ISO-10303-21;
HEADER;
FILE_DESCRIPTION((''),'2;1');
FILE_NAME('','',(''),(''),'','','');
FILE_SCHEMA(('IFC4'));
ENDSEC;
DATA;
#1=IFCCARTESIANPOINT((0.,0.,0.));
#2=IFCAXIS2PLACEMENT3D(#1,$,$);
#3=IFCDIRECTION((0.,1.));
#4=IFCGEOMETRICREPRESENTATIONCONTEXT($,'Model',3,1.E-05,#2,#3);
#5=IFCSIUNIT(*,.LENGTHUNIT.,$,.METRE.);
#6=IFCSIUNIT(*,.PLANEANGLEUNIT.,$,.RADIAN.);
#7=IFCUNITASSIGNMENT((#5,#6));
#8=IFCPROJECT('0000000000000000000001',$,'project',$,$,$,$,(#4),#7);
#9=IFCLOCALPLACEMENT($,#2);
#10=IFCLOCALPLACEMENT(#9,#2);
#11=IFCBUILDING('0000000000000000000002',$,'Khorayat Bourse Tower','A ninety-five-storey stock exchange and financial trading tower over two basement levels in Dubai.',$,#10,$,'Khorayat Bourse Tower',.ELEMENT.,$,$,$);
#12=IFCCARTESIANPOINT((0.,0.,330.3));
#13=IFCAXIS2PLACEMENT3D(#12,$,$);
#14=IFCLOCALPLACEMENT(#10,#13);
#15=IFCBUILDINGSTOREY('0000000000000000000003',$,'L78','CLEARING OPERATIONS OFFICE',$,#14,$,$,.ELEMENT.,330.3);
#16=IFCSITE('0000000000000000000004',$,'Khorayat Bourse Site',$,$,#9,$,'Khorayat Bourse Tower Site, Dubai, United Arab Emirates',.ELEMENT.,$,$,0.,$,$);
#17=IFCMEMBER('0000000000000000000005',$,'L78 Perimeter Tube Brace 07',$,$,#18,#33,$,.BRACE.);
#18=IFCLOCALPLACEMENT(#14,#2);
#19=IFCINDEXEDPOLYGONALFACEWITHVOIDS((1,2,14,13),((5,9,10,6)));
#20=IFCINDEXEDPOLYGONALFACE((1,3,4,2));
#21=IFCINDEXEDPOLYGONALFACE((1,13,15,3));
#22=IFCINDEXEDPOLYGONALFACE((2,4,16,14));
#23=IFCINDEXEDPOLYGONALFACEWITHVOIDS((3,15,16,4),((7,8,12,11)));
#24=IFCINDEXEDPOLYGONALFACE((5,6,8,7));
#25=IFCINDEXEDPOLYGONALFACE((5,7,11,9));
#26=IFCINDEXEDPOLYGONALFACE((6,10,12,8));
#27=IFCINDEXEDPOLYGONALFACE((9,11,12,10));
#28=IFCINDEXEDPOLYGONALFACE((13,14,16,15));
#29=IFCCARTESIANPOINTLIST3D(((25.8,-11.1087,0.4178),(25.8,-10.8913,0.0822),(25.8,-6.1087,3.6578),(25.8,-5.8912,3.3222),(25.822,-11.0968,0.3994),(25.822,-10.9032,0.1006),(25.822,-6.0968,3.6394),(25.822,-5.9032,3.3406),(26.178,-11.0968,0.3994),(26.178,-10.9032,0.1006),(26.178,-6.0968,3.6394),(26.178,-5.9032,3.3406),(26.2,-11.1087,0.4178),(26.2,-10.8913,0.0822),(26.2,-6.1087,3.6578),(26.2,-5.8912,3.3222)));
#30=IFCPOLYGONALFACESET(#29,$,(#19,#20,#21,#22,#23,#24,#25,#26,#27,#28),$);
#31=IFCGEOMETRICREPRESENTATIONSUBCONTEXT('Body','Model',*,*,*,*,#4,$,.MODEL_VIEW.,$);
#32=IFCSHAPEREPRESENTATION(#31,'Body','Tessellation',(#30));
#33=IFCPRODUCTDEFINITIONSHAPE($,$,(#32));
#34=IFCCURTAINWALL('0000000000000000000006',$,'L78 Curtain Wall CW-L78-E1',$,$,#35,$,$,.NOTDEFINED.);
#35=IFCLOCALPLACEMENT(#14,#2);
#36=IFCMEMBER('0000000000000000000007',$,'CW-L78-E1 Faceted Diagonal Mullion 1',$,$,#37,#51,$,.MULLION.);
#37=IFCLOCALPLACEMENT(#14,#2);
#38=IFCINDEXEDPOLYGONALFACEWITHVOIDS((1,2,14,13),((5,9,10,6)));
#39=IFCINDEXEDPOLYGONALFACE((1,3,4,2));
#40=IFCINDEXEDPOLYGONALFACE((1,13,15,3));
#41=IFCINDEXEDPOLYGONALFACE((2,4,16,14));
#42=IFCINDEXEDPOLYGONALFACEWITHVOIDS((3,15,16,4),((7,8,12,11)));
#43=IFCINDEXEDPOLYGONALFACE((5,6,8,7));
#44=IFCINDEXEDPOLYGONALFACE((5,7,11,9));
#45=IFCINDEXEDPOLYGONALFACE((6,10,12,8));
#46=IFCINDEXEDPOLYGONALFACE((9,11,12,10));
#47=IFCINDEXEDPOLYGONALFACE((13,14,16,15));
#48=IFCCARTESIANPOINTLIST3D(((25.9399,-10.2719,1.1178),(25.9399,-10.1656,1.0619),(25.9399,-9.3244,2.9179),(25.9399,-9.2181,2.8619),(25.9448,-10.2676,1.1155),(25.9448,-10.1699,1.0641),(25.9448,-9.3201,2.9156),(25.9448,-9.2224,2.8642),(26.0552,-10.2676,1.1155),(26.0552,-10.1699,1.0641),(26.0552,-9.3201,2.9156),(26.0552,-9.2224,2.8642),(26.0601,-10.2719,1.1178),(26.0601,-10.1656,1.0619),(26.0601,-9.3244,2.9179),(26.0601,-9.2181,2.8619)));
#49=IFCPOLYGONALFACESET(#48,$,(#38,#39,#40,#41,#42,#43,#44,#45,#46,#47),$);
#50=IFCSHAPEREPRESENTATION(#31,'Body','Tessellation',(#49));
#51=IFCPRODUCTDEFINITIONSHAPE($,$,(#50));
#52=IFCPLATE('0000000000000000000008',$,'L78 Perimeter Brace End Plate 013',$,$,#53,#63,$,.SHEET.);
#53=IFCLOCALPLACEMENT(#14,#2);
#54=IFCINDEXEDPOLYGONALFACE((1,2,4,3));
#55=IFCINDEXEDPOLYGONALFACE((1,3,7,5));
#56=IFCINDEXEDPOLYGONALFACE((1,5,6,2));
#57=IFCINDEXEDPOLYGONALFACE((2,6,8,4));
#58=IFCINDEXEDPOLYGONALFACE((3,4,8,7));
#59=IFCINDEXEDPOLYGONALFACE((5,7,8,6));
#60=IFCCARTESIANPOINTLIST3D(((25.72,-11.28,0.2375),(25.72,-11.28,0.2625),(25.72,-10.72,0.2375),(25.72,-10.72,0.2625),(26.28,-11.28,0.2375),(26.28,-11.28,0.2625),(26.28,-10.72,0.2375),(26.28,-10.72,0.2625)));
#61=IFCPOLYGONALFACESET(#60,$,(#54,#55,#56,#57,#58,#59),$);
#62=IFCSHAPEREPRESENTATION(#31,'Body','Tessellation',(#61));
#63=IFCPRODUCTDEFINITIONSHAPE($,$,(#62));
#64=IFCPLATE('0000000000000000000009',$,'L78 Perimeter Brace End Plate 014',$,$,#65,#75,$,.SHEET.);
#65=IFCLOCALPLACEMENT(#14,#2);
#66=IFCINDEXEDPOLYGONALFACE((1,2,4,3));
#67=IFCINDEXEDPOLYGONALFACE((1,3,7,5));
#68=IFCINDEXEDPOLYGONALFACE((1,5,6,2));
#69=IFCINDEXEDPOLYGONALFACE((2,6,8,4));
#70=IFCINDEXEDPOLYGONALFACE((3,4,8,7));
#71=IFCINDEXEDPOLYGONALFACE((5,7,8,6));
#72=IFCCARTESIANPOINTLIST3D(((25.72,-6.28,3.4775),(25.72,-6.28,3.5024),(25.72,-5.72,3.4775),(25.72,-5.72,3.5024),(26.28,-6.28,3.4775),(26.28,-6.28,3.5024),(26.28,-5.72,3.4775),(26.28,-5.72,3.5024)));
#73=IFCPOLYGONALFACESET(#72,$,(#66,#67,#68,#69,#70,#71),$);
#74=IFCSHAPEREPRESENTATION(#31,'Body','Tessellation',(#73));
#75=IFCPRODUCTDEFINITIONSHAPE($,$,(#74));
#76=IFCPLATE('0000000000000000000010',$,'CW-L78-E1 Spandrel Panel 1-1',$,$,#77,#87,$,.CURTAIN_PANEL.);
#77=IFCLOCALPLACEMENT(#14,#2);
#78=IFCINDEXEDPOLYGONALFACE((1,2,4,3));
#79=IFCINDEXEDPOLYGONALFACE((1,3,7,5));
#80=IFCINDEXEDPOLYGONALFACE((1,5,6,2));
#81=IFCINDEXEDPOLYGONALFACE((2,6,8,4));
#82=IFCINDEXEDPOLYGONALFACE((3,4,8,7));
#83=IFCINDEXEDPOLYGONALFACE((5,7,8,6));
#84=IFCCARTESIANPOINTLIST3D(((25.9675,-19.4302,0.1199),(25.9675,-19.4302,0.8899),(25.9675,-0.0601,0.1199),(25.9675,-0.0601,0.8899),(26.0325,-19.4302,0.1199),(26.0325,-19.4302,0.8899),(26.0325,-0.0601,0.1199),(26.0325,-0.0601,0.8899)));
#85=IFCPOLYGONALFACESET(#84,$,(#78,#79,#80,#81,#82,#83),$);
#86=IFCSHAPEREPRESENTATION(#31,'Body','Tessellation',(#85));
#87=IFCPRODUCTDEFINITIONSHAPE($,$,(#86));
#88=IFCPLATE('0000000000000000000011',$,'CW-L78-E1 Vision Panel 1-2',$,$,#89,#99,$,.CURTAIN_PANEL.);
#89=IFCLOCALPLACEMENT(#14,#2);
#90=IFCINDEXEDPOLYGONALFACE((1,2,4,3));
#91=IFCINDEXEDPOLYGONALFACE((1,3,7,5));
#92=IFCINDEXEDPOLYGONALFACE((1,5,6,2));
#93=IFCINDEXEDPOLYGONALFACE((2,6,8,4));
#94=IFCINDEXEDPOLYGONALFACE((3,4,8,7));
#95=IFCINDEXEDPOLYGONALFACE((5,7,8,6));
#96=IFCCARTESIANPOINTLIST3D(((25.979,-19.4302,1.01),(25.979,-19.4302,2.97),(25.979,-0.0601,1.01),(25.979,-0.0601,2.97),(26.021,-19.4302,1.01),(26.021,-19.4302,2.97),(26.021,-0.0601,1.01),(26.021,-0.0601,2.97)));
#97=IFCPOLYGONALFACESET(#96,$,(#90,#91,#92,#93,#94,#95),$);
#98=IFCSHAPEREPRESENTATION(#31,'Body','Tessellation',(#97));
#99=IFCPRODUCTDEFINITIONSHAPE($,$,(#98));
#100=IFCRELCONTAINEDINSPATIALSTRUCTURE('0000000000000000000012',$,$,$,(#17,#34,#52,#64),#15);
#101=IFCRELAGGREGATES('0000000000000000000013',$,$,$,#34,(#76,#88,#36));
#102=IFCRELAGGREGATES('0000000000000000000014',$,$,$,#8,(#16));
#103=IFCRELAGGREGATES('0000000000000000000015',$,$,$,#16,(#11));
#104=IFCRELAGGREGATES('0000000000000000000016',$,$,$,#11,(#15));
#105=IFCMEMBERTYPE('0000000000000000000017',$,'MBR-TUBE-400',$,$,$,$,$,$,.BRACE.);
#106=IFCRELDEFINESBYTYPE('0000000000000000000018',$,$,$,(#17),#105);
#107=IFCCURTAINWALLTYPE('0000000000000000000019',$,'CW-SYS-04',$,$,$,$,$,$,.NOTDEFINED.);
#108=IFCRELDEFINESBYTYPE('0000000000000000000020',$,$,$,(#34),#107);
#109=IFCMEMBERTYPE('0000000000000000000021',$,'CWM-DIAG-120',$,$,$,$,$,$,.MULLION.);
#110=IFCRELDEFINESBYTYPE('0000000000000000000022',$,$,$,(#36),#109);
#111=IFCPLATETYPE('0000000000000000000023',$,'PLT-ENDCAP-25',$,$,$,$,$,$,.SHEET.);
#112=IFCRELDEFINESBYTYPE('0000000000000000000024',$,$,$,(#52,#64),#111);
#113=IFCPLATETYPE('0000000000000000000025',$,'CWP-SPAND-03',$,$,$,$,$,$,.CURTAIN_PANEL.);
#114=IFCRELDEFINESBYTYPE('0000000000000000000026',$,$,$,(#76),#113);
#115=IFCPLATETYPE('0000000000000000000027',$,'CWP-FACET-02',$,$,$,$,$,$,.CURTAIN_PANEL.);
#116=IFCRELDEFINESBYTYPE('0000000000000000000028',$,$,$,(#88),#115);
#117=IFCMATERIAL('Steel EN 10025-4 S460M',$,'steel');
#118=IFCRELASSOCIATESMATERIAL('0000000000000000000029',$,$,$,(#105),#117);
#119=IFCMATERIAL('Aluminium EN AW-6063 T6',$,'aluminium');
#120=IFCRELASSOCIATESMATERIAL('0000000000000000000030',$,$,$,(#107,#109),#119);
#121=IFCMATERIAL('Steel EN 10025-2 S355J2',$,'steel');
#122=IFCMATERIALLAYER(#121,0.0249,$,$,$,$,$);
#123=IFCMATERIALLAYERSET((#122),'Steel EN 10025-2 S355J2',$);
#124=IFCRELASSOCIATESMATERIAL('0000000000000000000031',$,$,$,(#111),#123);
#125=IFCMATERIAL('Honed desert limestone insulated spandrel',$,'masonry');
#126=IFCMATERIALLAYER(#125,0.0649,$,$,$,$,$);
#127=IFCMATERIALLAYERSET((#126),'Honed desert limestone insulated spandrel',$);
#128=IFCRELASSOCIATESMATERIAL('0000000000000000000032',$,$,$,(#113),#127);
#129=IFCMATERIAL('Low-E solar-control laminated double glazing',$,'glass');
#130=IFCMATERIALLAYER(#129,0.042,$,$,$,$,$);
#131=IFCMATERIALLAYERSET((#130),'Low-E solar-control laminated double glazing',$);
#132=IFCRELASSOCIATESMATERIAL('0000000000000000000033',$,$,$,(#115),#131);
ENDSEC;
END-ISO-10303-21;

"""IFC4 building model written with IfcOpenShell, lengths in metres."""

from ifc_helpers import new_model, si_unit, direction, frame, origin, origin_2d, place, context, subcontext, project, spatial, rectangle, hollow_rectangle, extrude, source, transform, mapped, material, layer, layer_set, material_profile, profile_set, type_object, element, aggregate, save


model = new_model("IFC4")

# Units and contexts
model_context = context("Model", 3, precision=1e-05, world=origin(), true_north=direction((0.0, 1.0)))
body_context = subcontext(model_context, "Body", "Model", "MODEL_VIEW")
ifc_project = project(units=[si_unit("LENGTHUNIT", "METRE"), si_unit("PLANEANGLEUNIT", "RADIAN")], contexts=[model_context])

# Site, building, storey
site_placement = place(None, origin())
site = spatial("IfcSite", under=ifc_project, at=site_placement, Name="Khorayat Bourse Site", LongName="Khorayat Bourse Tower Site, Dubai, United Arab Emirates", CompositionType="ELEMENT", RefElevation=0.0)
building_placement = place(site_placement, origin())
building = spatial("IfcBuilding", under=site, at=building_placement, Name="Khorayat Bourse Tower", Description="A ninety-five-storey stock exchange and financial trading tower over two basement levels in Dubai.", LongName="Khorayat Bourse Tower", CompositionType="ELEMENT")
storey_placement = place(building_placement, frame((0.0, 0.0, 330.3)))
storey = spatial("IfcBuildingStorey", under=building, at=storey_placement, Name="L78", Description="CLEARING OPERATIONS OFFICE", CompositionType="ELEMENT", Elevation=330.3)

# Shared definitions
ifc_material_1 = material(Name="Steel EN 10025-2 S355J2", Category="steel")

# Member
ifc_material_2 = material(Name="Steel EN 10025-4 S460M", Category="steel")
ifc_material_profile_1 = material_profile(ifc_material_2, hollow_rectangle(XDim=0.3999, YDim=0.3999, WallThickness=0.022, at=origin_2d()), Name="HSS 400x400x22")
ifc_profile_set_1 = profile_set([ifc_material_profile_1], Name="Steel EN 10025-4 S460M")
member_type_1 = type_object("IfcMemberType", Name="MBR-TUBE-400", PredefinedType="BRACE", material=ifc_profile_set_1)
shared_shape_1 = source(origin(), body_context, "Body", "SweptSolid", [
    extrude(hollow_rectangle(XDim=0.3999, YDim=0.3999, WallThickness=0.022, at=origin_2d()), origin(), (0.0, 0.0, 1.0), 5.958),
])
member_1_placement = place(storey_placement, frame((26.0, -11.0, 0.25), z_axis=(0.0, 0.83921, 0.543807), x_axis=(-1.0, 0.0, 0.0)))
element("IfcMember", 1, at=member_1_placement, inside=storey, type_object=member_type_1, Name="L78 Perimeter Tube Brace 07", PredefinedType="BRACE", context=body_context, shape_type="MappedRepresentation", body=[
    mapped(shared_shape_1, transform((0.0, 0.0, 0.0), scale=1.0)),
])

# Curtain wall, member
ifc_material_3 = material(Name="Aluminium EN AW-6063 T6", Category="aluminium")
curtain_wall_type = type_object("IfcCurtainWallType", Name="CW-SYS-04", PredefinedType="NOTDEFINED", material=ifc_material_3)
curtain_wall_placement = place(storey_placement, origin())
curtain_wall = element("IfcCurtainWall", 2, at=curtain_wall_placement, inside=storey, type_object=curtain_wall_type, Name="L78 Curtain Wall CW-L78-E1", PredefinedType="NOTDEFINED")
ifc_material_profile_2 = material_profile(ifc_material_3, hollow_rectangle(XDim=0.1201, YDim=0.1201, WallThickness=0.0049, at=origin_2d()), Name="ALU 120x120x5")
ifc_profile_set_2 = profile_set([ifc_material_profile_2], Name="Aluminium EN AW-6063 T6")
member_type_2 = type_object("IfcMemberType", Name="CWM-DIAG-120", PredefinedType="MULLION", material=ifc_profile_set_2)
shared_shape_2 = source(origin(), body_context, "Body", "SweptSolid", [
    extrude(hollow_rectangle(XDim=0.1201, YDim=0.1201, WallThickness=0.0049, at=origin_2d()), origin(), (0.0, 0.0, 1.0), 2.0342),
])
member_2_placement = place(storey_placement, frame((26.0, -10.2188, 1.0898), z_axis=(0.0, 0.465791, 0.884895), x_axis=(-1.0, 0.0, 0.0)))
member_2 = element("IfcMember", 3, at=member_2_placement, type_object=member_type_2, Name="CW-L78-E1 Faceted Diagonal Mullion 1", PredefinedType="MULLION", context=body_context, shape_type="MappedRepresentation", body=[
    mapped(shared_shape_2, transform((0.0, 0.0, 0.0), scale=1.0)),
])

# Plates
ifc_layer_1 = layer(ifc_material_1, 0.0249)
ifc_layer_set_1 = layer_set([ifc_layer_1], Name="Steel EN 10025-2 S355J2")
plate_type_1 = type_object("IfcPlateType", Name="PLT-ENDCAP-25", PredefinedType="SHEET", material=ifc_layer_set_1)
shared_shape_3 = source(origin(), body_context, "Body", "SweptSolid", [
    extrude(rectangle(XDim=0.5601, YDim=0.5601, at=origin_2d()), origin(), (0.0, 0.0, 1.0), 0.0249),
])
for number, where, z_axis, x_axis, name in (
    (4, (26.0, -11.0, 0.2375), (0.0, 0.0, 1.0), (1.0, 0.0, 0.0), "L78 Perimeter Brace End Plate 013"),
    (5, (26.0, -6.0, 3.4775), (0.0, 0.0, 1.0), (1.0, 0.0, 0.0), "L78 Perimeter Brace End Plate 014"),
):
    element("IfcPlate", number, at=place(storey_placement, frame(where, z_axis=z_axis, x_axis=x_axis)), inside=storey, type_object=plate_type_1, Name=name, PredefinedType="SHEET", context=body_context, shape_type="MappedRepresentation", body=[
        mapped(shared_shape_3, transform((0.0, 0.0, 0.0), scale=1.0)),
    ])

# Plates
ifc_material_4 = material(Name="Honed desert limestone insulated spandrel", Category="masonry")
ifc_layer_2 = layer(ifc_material_4, 0.0649)
ifc_layer_set_2 = layer_set([ifc_layer_2], Name="Honed desert limestone insulated spandrel")
plate_type_2 = type_object("IfcPlateType", Name="CWP-SPAND-03", PredefinedType="CURTAIN_PANEL", material=ifc_layer_set_2)
shared_shape_4 = source(origin(), body_context, "Body", "SweptSolid", [
    extrude(rectangle(XDim=19.3701, YDim=0.0649, at=origin_2d()), origin(), (0.0, 0.0, 1.0), 0.77),
])
plate_1_placement = place(storey_placement, frame((26.0, -9.7451, 0.1199), z_axis=(0.0, 0.0, 1.0), x_axis=(0.0, 1.0, 0.0)))
plate_1 = element("IfcPlate", 6, at=plate_1_placement, type_object=plate_type_2, Name="CW-L78-E1 Spandrel Panel 1-1", PredefinedType="CURTAIN_PANEL", context=body_context, shape_type="MappedRepresentation", body=[
    mapped(shared_shape_4, transform((0.0, 0.0, 0.0), scale=1.0)),
])
ifc_material_5 = material(Name="Low-E solar-control laminated double glazing", Category="glass")
ifc_layer_3 = layer(ifc_material_5, 0.042)
ifc_layer_set_3 = layer_set([ifc_layer_3], Name="Low-E solar-control laminated double glazing")
plate_type_3 = type_object("IfcPlateType", Name="CWP-FACET-02", PredefinedType="CURTAIN_PANEL", material=ifc_layer_set_3)
shared_shape_5 = source(origin(), body_context, "Body", "SweptSolid", [
    extrude(rectangle(XDim=19.3701, YDim=0.042, at=origin_2d()), origin(), (0.0, 0.0, 1.0), 1.96),
])
plate_2_placement = place(storey_placement, frame((26.0, -9.7451, 1.01), z_axis=(0.0, 0.0, 1.0), x_axis=(0.0, 1.0, 0.0)))
plate_2 = element("IfcPlate", 7, at=plate_2_placement, type_object=plate_type_3, Name="CW-L78-E1 Vision Panel 1-2", PredefinedType="CURTAIN_PANEL", context=body_context, shape_type="MappedRepresentation", body=[
    mapped(shared_shape_5, transform((0.0, 0.0, 0.0), scale=1.0)),
])
aggregate(curtain_wall, [plate_1, plate_2, member_2])

save(model, "model.ifc")
